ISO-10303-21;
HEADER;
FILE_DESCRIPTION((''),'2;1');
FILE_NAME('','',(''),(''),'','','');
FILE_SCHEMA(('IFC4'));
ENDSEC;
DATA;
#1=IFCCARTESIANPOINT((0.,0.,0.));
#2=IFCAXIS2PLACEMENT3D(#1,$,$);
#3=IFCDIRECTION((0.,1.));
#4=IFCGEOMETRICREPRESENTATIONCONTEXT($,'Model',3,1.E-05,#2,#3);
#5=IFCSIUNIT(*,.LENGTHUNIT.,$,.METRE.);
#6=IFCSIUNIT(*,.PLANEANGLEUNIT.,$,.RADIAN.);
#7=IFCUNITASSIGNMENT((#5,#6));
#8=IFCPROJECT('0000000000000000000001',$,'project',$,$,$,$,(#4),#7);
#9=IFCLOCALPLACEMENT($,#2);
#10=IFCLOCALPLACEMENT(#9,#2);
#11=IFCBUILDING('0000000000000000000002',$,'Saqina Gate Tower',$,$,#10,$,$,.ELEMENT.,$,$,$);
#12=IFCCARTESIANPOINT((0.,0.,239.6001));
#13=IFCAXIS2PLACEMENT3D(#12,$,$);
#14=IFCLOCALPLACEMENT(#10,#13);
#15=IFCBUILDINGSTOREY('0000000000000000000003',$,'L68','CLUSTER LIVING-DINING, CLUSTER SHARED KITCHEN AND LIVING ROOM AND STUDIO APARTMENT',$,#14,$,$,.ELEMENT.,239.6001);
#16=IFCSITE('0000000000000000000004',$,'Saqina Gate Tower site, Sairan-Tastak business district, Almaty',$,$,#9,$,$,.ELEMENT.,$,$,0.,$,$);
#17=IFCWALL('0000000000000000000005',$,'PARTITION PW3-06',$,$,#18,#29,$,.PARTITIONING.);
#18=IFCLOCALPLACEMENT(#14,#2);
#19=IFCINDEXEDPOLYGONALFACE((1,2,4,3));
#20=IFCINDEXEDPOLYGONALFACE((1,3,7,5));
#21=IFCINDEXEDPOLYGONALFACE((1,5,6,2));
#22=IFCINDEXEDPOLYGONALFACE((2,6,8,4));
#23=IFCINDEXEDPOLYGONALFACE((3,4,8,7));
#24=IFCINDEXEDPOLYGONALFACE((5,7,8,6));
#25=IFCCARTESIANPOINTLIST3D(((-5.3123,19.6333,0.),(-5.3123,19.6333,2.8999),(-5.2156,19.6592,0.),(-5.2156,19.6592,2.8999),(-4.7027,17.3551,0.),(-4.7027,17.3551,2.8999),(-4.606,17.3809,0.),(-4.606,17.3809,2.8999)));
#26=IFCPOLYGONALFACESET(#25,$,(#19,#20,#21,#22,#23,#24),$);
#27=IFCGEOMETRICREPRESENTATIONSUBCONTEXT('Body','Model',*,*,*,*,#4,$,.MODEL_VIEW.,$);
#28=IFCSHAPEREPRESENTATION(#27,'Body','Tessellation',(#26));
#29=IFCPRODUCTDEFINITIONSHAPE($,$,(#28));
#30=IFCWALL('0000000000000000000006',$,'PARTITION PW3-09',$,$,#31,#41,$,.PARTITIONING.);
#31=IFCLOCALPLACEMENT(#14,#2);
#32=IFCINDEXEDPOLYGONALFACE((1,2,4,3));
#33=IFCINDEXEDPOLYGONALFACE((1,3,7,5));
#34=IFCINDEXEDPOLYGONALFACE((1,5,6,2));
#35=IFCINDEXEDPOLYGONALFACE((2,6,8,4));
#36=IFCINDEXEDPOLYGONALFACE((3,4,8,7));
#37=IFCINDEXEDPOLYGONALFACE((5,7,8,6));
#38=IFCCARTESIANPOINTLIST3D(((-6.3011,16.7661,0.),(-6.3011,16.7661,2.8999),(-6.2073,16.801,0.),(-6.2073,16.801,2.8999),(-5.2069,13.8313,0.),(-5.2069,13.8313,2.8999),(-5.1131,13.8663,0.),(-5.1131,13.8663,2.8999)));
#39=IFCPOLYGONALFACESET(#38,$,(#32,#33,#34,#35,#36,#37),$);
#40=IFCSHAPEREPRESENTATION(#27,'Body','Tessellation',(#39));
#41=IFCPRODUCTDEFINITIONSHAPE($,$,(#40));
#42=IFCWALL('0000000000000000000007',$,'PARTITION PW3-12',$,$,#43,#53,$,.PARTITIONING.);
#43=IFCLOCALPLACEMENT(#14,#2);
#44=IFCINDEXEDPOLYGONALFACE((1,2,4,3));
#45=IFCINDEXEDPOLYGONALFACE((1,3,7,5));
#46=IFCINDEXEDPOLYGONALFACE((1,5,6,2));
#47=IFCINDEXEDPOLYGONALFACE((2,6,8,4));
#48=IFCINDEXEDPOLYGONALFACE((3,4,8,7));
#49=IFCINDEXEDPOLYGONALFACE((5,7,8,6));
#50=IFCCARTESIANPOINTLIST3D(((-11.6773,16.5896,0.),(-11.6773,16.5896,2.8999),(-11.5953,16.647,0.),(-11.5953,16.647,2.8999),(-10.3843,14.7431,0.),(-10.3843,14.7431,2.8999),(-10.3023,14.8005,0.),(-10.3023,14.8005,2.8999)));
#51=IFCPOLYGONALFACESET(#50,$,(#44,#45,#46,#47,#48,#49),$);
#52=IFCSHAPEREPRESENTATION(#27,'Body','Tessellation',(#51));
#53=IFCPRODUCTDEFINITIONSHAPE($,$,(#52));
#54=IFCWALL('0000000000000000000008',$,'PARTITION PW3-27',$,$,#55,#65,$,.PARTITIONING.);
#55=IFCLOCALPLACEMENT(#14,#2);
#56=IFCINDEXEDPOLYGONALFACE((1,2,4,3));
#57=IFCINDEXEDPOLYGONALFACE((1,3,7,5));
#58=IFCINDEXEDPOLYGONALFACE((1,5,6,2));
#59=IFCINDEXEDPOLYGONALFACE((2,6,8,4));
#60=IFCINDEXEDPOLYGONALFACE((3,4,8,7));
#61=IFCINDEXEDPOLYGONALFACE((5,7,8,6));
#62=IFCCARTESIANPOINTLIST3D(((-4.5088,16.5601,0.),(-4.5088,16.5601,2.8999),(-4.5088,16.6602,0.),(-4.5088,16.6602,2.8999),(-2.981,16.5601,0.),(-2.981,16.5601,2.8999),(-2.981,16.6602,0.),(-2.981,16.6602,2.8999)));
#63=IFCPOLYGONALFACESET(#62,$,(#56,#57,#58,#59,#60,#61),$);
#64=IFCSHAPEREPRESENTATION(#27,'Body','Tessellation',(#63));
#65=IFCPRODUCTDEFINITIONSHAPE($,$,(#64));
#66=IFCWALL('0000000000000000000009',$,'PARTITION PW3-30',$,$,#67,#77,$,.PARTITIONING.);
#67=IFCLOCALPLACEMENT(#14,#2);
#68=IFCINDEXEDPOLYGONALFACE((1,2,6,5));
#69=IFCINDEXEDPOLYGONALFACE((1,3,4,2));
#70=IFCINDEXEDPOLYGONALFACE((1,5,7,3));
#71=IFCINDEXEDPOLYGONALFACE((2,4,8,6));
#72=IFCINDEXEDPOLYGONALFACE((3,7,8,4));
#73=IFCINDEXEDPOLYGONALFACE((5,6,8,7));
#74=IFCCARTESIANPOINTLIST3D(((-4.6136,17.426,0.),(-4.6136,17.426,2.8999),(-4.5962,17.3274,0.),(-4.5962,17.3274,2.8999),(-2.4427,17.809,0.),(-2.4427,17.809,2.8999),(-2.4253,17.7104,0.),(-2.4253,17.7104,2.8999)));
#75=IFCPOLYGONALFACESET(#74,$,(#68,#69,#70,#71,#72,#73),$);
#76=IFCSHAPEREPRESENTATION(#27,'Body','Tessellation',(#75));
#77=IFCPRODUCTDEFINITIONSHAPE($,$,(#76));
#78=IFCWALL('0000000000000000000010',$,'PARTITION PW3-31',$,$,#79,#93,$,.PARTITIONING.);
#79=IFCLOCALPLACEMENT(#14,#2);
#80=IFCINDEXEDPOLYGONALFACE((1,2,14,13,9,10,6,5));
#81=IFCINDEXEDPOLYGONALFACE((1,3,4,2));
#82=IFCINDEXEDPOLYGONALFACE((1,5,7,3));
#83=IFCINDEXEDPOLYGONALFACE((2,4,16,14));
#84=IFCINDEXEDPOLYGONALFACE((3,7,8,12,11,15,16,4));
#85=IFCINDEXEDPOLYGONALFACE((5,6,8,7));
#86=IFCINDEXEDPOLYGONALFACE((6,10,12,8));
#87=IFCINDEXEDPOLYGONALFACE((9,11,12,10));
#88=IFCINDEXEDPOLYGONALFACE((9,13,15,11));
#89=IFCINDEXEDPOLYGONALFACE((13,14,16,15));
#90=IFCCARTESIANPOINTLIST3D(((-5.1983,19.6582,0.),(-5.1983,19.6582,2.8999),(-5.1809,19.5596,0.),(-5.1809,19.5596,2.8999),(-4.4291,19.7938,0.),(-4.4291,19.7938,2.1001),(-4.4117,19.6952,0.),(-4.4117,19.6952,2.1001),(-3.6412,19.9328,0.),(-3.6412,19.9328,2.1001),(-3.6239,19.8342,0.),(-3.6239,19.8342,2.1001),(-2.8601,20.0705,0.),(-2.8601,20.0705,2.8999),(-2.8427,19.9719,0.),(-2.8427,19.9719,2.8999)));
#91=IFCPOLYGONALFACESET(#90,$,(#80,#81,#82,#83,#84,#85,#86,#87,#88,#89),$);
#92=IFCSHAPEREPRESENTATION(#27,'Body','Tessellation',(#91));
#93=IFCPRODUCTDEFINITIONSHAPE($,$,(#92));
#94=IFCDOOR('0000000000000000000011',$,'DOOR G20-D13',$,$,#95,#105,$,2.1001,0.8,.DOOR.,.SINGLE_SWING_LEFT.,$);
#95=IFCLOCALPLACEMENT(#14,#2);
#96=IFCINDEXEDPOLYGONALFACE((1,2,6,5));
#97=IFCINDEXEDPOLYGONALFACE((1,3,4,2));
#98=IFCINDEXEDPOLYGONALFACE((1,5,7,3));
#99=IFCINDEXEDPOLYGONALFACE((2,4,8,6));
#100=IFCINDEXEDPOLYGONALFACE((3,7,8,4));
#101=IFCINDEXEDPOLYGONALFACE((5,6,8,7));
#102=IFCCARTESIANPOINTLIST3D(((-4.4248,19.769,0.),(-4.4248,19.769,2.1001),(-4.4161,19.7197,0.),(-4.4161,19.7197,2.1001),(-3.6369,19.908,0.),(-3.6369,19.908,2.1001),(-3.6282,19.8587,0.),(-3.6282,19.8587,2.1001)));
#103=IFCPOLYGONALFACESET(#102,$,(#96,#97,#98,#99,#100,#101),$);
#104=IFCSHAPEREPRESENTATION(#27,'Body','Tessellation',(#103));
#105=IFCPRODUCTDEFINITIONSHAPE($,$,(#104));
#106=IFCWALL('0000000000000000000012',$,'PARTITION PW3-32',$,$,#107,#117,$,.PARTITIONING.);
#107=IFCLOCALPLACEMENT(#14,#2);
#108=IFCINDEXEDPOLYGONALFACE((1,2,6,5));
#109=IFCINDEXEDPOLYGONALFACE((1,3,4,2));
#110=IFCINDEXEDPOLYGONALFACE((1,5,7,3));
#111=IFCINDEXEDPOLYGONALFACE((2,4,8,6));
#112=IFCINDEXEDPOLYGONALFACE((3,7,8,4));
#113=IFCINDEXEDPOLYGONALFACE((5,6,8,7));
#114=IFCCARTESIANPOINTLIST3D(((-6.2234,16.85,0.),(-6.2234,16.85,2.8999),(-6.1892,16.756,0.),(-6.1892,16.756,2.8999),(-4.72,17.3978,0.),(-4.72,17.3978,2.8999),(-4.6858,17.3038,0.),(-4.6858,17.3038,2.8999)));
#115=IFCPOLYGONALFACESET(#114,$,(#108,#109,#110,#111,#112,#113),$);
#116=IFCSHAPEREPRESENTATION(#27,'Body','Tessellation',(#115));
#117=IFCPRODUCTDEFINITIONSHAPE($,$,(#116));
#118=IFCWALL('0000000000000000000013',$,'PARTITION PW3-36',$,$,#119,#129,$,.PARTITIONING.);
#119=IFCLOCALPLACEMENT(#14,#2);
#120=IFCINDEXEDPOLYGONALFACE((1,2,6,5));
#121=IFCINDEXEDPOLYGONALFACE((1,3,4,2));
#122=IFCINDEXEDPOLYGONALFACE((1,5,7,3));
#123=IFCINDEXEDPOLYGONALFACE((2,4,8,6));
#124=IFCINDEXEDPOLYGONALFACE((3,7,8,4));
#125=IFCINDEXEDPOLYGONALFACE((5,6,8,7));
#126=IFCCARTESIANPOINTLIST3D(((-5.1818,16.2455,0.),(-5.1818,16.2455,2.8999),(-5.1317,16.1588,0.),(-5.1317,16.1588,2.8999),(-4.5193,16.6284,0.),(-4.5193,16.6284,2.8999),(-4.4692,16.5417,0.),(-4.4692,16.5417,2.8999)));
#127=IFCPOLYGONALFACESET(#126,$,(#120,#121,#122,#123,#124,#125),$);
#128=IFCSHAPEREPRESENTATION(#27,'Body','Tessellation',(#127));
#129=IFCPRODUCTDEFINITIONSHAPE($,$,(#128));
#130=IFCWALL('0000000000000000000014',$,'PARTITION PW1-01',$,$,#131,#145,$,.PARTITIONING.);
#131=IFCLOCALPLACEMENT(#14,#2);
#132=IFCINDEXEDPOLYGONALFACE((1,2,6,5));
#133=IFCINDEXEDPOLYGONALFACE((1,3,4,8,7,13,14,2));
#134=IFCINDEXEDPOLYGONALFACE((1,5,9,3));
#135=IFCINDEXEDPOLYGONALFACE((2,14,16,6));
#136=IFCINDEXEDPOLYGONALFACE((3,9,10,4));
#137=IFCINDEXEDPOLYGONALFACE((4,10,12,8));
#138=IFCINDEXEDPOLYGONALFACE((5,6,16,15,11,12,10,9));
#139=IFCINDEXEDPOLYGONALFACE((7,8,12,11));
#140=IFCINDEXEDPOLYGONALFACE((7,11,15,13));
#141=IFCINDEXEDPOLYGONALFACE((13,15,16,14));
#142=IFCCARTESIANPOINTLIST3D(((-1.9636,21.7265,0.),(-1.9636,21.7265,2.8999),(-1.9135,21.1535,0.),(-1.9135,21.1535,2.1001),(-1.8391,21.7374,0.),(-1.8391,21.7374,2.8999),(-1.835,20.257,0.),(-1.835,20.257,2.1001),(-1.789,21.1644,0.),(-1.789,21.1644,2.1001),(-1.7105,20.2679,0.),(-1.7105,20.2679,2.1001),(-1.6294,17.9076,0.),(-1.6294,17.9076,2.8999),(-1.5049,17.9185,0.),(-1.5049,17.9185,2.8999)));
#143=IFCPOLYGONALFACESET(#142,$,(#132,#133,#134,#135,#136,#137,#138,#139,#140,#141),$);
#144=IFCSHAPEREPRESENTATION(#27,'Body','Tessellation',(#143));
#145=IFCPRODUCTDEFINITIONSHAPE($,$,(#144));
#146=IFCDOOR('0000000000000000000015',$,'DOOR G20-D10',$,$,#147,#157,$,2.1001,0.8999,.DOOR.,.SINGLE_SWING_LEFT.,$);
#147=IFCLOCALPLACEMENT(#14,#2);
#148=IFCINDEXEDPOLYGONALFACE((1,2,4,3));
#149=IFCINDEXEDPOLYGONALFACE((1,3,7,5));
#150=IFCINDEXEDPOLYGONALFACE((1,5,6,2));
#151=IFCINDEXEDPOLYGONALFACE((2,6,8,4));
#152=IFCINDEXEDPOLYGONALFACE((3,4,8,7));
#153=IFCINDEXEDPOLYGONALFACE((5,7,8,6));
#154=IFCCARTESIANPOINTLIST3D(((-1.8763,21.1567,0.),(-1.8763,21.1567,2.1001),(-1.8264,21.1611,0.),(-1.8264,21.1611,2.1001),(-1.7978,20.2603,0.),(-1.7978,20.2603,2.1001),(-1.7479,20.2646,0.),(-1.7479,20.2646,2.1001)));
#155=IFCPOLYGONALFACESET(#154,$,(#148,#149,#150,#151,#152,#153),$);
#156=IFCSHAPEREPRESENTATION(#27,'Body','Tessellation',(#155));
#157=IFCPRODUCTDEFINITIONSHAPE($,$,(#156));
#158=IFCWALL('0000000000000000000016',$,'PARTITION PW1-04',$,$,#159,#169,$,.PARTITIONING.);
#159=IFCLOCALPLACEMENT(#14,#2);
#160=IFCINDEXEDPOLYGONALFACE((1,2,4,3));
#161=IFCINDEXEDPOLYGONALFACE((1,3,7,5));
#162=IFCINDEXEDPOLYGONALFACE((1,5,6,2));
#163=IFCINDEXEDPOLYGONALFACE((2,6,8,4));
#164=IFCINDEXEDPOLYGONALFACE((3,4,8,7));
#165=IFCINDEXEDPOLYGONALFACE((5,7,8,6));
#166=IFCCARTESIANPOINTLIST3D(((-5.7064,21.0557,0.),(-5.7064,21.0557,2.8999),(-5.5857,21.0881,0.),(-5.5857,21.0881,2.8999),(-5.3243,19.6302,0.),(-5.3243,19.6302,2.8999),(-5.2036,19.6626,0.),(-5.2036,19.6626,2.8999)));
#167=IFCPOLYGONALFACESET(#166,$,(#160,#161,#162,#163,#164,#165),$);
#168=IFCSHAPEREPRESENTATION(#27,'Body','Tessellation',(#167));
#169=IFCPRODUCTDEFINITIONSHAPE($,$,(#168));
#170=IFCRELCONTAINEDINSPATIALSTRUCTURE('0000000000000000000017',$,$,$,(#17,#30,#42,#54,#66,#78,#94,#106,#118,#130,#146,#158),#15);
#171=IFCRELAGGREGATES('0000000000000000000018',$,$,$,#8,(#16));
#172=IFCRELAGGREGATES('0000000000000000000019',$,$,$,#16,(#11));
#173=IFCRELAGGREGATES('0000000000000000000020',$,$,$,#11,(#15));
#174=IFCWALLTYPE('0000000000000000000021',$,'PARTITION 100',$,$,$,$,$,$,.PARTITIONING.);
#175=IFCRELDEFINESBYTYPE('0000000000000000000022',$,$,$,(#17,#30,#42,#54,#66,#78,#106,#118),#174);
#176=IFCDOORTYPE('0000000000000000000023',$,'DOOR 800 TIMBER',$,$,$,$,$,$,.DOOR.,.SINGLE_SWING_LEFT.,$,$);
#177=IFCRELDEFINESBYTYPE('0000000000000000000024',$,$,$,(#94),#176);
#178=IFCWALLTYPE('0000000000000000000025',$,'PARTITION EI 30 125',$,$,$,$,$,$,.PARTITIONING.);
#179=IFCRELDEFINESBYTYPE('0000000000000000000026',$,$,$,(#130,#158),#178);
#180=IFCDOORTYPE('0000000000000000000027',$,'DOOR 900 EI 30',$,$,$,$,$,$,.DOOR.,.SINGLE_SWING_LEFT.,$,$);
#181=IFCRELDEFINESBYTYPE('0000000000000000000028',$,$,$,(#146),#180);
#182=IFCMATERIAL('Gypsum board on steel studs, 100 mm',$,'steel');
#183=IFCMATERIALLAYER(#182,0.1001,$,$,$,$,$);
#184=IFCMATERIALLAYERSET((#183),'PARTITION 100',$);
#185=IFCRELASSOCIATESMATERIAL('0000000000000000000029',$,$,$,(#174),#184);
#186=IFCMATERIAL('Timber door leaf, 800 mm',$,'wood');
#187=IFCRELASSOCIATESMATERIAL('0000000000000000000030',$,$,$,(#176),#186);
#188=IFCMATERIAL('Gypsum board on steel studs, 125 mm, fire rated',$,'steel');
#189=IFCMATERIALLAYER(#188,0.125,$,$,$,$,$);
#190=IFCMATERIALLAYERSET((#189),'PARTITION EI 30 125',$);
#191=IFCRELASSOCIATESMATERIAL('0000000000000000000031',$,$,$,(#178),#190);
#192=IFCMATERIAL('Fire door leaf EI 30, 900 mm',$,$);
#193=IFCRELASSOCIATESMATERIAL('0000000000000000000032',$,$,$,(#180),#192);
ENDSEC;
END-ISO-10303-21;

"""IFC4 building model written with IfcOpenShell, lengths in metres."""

from ifc_helpers import new_model, si_unit, direction, frame, frame_2d, origin, place, context, subcontext, project, spatial, rectangle, extrude, material, layer, layer_set, type_object, element, fill, save


model = new_model("IFC4")

# Units and contexts
model_context = context("Model", 3, precision=1e-05, world=origin(), true_north=direction((0.0, 1.0)))
body_context = subcontext(model_context, "Body", "Model", "MODEL_VIEW")
ifc_project = project(units=[si_unit("LENGTHUNIT", "METRE"), si_unit("PLANEANGLEUNIT", "RADIAN")], contexts=[model_context])

# Site, building, storey
site_placement = place(None, origin())
site = spatial("IfcSite", under=ifc_project, at=site_placement, Name="Saqina Gate Tower site, Sairan-Tastak business district, Almaty", CompositionType="ELEMENT", RefElevation=0.0)
building_placement = place(site_placement, origin())
building = spatial("IfcBuilding", under=site, at=building_placement, Name="Saqina Gate Tower", CompositionType="ELEMENT")
storey_placement = place(building_placement, frame((0.0, 0.0, 239.6001)))
storey = spatial("IfcBuildingStorey", under=building, at=storey_placement, Name="L68", Description="CLUSTER LIVING-DINING, CLUSTER SHARED KITCHEN AND LIVING ROOM AND STUDIO APARTMENT", CompositionType="ELEMENT", Elevation=239.6001)

# Shared definitions
ifc_material_1 = material(Name="Gypsum board on steel studs, 100 mm", Category="steel")
ifc_layer_1 = layer(ifc_material_1, 0.1001)
ifc_layer_set_1 = layer_set([ifc_layer_1], Name="PARTITION 100")
wall_type_1 = type_object("IfcWallType", Name="PARTITION 100", PredefinedType="PARTITIONING", material=ifc_layer_set_1)

# Shared definitions
ifc_material_2 = material(Name="Timber door leaf, 800 mm", Category="wood")
door_type_1 = type_object("IfcDoorType", Name="DOOR 800 TIMBER", OperationType="SINGLE_SWING_LEFT", PredefinedType="DOOR", material=ifc_material_2)

# Walls
wall_1_placement = place(storey_placement, frame((-5.2639, 19.6462, 0.0), z_axis=(0.0, 0.0, 1.0), x_axis=(0.258481, -0.966016, 0.0)))
element("IfcWall", 1, at=wall_1_placement, inside=storey, type_object=wall_type_1, Name="PARTITION PW3-06", PredefinedType="PARTITIONING", context=body_context, shape_type="SweptSolid", body=[
    extrude(rectangle(XDim=2.3584, YDim=0.1001, at=frame_2d((1.1792, 0.0))), origin(), (0.0, 0.0, 1.0), 2.8999),
])
wall_2_placement = place(storey_placement, frame((-6.2542, 16.7834, 0.0), z_axis=(0.0, 0.0, 1.0), x_axis=(0.349355, -0.936991, 0.0)))
element("IfcWall", 2, at=wall_2_placement, inside=storey, type_object=wall_type_1, Name="PARTITION PW3-09", PredefinedType="PARTITIONING", context=body_context, shape_type="SweptSolid", body=[
    extrude(rectangle(XDim=3.1321, YDim=0.1001, at=frame_2d((1.5659, 0.0))), origin(), (0.0, 0.0, 1.0), 2.8999),
])
wall_3_placement = place(storey_placement, frame((-11.6362, 16.6182, 0.0), z_axis=(0.0, 0.0, 1.0), x_axis=(0.5736, -0.819135, 0.0)))
element("IfcWall", 3, at=wall_3_placement, inside=storey, type_object=wall_type_1, Name="PARTITION PW3-12", PredefinedType="PARTITIONING", context=body_context, shape_type="SweptSolid", body=[
    extrude(rectangle(XDim=2.2542, YDim=0.1001, at=frame_2d((1.127, 0.0))), origin(), (0.0, 0.0, 1.0), 2.8999),
])
wall_4_placement = place(storey_placement, frame((-4.5088, 16.6101, 0.0), z_axis=(0.0, 0.0, 1.0), x_axis=(1.0, 0.0, 0.0)))
element("IfcWall", 4, at=wall_4_placement, inside=storey, type_object=wall_type_1, Name="PARTITION PW3-27", PredefinedType="PARTITIONING", context=body_context, shape_type="SweptSolid", body=[
    extrude(rectangle(XDim=1.5278, YDim=0.1001, at=frame_2d((0.7639, 0.0))), origin(), (0.0, 0.0, 1.0), 2.8999),
])
wall_5_placement = place(storey_placement, frame((-4.6047, 17.3767, 0.0), z_axis=(0.0, 0.0, 1.0), x_axis=(0.984787, 0.173766, 0.0)))
element("IfcWall", 5, at=wall_5_placement, inside=storey, type_object=wall_type_1, Name="PARTITION PW3-30", PredefinedType="PARTITIONING", context=body_context, shape_type="SweptSolid", body=[
    extrude(rectangle(XDim=2.2043, YDim=0.1001, at=frame_2d((1.1021, 0.0))), origin(), (0.0, 0.0, 1.0), 2.8999),
])

# Wall, opening, door
wall_6_placement = place(storey_placement, frame((-5.1895, 19.6089, 0.0), z_axis=(0.0, 0.0, 1.0), x_axis=(0.984802, 0.17368, 0.0)))
wall_6 = element("IfcWall", 6, at=wall_6_placement, inside=storey, type_object=wall_type_1, Name="PARTITION PW3-31", PredefinedType="PARTITIONING", context=body_context, shape_type="SweptSolid", body=[
    extrude(rectangle(XDim=2.3743, YDim=0.1001, at=frame_2d((1.187, 0.0))), origin(), (0.0, 0.0, 1.0), 2.8999),
])
opening_1_placement = place(wall_6_placement, frame((0.781, 0.0, 0.0)))
opening_1 = element("IfcOpeningElement", 7, at=opening_1_placement, cuts=wall_6, PredefinedType="OPENING", context=body_context, shape_type="SweptSolid", body=[
    extrude(rectangle(XDim=0.8, YDim=2.1001, at=frame_2d((0.3999, 1.05))), frame((0.0, 0.062, 0.0), z_axis=(0.0, -1.0, 0.0), x_axis=(1.0, 0.0, 0.0)), (0.0, 0.0, 1.0), 0.124),
])
door_1_placement = place(opening_1_placement, origin())
door_1 = element("IfcDoor", 8, at=door_1_placement, inside=storey, type_object=door_type_1, Name="DOOR G20-D13", OperationType="SINGLE_SWING_LEFT", OverallHeight=2.1001, OverallWidth=0.8, PredefinedType="DOOR", context=body_context, shape_type="SweptSolid", body=[
    extrude(rectangle(XDim=0.8, YDim=2.1001, at=frame_2d((0.3999, 1.05))), frame((0.0, 0.0249, 0.0), z_axis=(0.0, -1.0, 0.0), x_axis=(1.0, 0.0, 0.0)), (0.0, 0.0, 1.0), 0.05),
])
fill(opening_1, door_1)

# Walls
wall_7_placement = place(storey_placement, frame((-6.2063, 16.803, 0.0), z_axis=(0.0, 0.0, 1.0), x_axis=(0.939562, 0.34238, 0.0)))
element("IfcWall", 9, at=wall_7_placement, inside=storey, type_object=wall_type_1, Name="PARTITION PW3-32", PredefinedType="PARTITIONING", context=body_context, shape_type="SweptSolid", body=[
    extrude(rectangle(XDim=1.6001, YDim=0.1001, at=frame_2d((0.8, 0.0))), origin(), (0.0, 0.0, 1.0), 2.8999),
])
wall_8_placement = place(storey_placement, frame((-5.1567, 16.2021, 0.0), z_axis=(0.0, 0.0, 1.0), x_axis=(0.865797, 0.500395, 0.0)))
element("IfcWall", 10, at=wall_8_placement, inside=storey, type_object=wall_type_1, Name="PARTITION PW3-36", PredefinedType="PARTITIONING", context=body_context, shape_type="SweptSolid", body=[
    extrude(rectangle(XDim=0.7651, YDim=0.1001, at=frame_2d((0.3826, 0.0))), origin(), (0.0, 0.0, 1.0), 2.8999),
])

# Wall, opening, door
ifc_material_3 = material(Name="Gypsum board on steel studs, 125 mm, fire rated", Category="steel")
ifc_layer_2 = layer(ifc_material_3, 0.125)
ifc_layer_set_2 = layer_set([ifc_layer_2], Name="PARTITION EI 30 125")
wall_type_2 = type_object("IfcWallType", Name="PARTITION EI 30 125", PredefinedType="PARTITIONING", material=ifc_layer_set_2)
wall_9_placement = place(storey_placement, frame((-1.9014, 21.7319, 0.0), z_axis=(0.0, 0.0, 1.0), x_axis=(0.087187, -0.996192, 0.0)))
wall_9 = element("IfcWall", 11, at=wall_9_placement, inside=storey, type_object=wall_type_2, Name="PARTITION PW1-01", PredefinedType="PARTITIONING", context=body_context, shape_type="SweptSolid", body=[
    extrude(rectangle(XDim=3.8335, YDim=0.125, at=frame_2d((1.9167, 0.0))), origin(), (0.0, 0.0, 1.0), 2.8999),
])
opening_2_placement = place(wall_9_placement, frame((0.5752, 0.0, 0.0)))
opening_2 = element("IfcOpeningElement", 12, at=opening_2_placement, cuts=wall_9, PredefinedType="OPENING", context=body_context, shape_type="SweptSolid", body=[
    extrude(rectangle(XDim=0.8999, YDim=2.1001, at=frame_2d((0.45, 1.05))), frame((0.0, 0.0745, 0.0), z_axis=(0.0, -1.0, 0.0), x_axis=(1.0, 0.0, 0.0)), (0.0, 0.0, 1.0), 0.1489),
])
ifc_material_4 = material(Name="Fire door leaf EI 30, 900 mm")
door_type_2 = type_object("IfcDoorType", Name="DOOR 900 EI 30", OperationType="SINGLE_SWING_LEFT", PredefinedType="DOOR", material=ifc_material_4)
door_2_placement = place(opening_2_placement, origin())
door_2 = element("IfcDoor", 13, at=door_2_placement, inside=storey, type_object=door_type_2, Name="DOOR G20-D10", OperationType="SINGLE_SWING_LEFT", OverallHeight=2.1001, OverallWidth=0.8999, PredefinedType="DOOR", context=body_context, shape_type="SweptSolid", body=[
    extrude(rectangle(XDim=0.8999, YDim=2.1001, at=frame_2d((0.45, 1.05))), frame((0.0, 0.0249, 0.0), z_axis=(0.0, -1.0, 0.0), x_axis=(1.0, 0.0, 0.0)), (0.0, 0.0, 1.0), 0.05),
])
fill(opening_2, door_2)

# Wall
wall_10_placement = place(storey_placement, frame((-5.646, 21.0718, 0.0), z_axis=(0.0, 0.0, 1.0), x_axis=(0.258888, -0.965907, 0.0)))
element("IfcWall", 14, at=wall_10_placement, inside=storey, type_object=wall_type_2, Name="PARTITION PW1-04", PredefinedType="PARTITIONING", context=body_context, shape_type="SweptSolid", body=[
    extrude(rectangle(XDim=1.4758, YDim=0.125, at=frame_2d((0.7378, 0.0))), origin(), (0.0, 0.0, 1.0), 2.8999),
])

save(model, "model.ifc")
